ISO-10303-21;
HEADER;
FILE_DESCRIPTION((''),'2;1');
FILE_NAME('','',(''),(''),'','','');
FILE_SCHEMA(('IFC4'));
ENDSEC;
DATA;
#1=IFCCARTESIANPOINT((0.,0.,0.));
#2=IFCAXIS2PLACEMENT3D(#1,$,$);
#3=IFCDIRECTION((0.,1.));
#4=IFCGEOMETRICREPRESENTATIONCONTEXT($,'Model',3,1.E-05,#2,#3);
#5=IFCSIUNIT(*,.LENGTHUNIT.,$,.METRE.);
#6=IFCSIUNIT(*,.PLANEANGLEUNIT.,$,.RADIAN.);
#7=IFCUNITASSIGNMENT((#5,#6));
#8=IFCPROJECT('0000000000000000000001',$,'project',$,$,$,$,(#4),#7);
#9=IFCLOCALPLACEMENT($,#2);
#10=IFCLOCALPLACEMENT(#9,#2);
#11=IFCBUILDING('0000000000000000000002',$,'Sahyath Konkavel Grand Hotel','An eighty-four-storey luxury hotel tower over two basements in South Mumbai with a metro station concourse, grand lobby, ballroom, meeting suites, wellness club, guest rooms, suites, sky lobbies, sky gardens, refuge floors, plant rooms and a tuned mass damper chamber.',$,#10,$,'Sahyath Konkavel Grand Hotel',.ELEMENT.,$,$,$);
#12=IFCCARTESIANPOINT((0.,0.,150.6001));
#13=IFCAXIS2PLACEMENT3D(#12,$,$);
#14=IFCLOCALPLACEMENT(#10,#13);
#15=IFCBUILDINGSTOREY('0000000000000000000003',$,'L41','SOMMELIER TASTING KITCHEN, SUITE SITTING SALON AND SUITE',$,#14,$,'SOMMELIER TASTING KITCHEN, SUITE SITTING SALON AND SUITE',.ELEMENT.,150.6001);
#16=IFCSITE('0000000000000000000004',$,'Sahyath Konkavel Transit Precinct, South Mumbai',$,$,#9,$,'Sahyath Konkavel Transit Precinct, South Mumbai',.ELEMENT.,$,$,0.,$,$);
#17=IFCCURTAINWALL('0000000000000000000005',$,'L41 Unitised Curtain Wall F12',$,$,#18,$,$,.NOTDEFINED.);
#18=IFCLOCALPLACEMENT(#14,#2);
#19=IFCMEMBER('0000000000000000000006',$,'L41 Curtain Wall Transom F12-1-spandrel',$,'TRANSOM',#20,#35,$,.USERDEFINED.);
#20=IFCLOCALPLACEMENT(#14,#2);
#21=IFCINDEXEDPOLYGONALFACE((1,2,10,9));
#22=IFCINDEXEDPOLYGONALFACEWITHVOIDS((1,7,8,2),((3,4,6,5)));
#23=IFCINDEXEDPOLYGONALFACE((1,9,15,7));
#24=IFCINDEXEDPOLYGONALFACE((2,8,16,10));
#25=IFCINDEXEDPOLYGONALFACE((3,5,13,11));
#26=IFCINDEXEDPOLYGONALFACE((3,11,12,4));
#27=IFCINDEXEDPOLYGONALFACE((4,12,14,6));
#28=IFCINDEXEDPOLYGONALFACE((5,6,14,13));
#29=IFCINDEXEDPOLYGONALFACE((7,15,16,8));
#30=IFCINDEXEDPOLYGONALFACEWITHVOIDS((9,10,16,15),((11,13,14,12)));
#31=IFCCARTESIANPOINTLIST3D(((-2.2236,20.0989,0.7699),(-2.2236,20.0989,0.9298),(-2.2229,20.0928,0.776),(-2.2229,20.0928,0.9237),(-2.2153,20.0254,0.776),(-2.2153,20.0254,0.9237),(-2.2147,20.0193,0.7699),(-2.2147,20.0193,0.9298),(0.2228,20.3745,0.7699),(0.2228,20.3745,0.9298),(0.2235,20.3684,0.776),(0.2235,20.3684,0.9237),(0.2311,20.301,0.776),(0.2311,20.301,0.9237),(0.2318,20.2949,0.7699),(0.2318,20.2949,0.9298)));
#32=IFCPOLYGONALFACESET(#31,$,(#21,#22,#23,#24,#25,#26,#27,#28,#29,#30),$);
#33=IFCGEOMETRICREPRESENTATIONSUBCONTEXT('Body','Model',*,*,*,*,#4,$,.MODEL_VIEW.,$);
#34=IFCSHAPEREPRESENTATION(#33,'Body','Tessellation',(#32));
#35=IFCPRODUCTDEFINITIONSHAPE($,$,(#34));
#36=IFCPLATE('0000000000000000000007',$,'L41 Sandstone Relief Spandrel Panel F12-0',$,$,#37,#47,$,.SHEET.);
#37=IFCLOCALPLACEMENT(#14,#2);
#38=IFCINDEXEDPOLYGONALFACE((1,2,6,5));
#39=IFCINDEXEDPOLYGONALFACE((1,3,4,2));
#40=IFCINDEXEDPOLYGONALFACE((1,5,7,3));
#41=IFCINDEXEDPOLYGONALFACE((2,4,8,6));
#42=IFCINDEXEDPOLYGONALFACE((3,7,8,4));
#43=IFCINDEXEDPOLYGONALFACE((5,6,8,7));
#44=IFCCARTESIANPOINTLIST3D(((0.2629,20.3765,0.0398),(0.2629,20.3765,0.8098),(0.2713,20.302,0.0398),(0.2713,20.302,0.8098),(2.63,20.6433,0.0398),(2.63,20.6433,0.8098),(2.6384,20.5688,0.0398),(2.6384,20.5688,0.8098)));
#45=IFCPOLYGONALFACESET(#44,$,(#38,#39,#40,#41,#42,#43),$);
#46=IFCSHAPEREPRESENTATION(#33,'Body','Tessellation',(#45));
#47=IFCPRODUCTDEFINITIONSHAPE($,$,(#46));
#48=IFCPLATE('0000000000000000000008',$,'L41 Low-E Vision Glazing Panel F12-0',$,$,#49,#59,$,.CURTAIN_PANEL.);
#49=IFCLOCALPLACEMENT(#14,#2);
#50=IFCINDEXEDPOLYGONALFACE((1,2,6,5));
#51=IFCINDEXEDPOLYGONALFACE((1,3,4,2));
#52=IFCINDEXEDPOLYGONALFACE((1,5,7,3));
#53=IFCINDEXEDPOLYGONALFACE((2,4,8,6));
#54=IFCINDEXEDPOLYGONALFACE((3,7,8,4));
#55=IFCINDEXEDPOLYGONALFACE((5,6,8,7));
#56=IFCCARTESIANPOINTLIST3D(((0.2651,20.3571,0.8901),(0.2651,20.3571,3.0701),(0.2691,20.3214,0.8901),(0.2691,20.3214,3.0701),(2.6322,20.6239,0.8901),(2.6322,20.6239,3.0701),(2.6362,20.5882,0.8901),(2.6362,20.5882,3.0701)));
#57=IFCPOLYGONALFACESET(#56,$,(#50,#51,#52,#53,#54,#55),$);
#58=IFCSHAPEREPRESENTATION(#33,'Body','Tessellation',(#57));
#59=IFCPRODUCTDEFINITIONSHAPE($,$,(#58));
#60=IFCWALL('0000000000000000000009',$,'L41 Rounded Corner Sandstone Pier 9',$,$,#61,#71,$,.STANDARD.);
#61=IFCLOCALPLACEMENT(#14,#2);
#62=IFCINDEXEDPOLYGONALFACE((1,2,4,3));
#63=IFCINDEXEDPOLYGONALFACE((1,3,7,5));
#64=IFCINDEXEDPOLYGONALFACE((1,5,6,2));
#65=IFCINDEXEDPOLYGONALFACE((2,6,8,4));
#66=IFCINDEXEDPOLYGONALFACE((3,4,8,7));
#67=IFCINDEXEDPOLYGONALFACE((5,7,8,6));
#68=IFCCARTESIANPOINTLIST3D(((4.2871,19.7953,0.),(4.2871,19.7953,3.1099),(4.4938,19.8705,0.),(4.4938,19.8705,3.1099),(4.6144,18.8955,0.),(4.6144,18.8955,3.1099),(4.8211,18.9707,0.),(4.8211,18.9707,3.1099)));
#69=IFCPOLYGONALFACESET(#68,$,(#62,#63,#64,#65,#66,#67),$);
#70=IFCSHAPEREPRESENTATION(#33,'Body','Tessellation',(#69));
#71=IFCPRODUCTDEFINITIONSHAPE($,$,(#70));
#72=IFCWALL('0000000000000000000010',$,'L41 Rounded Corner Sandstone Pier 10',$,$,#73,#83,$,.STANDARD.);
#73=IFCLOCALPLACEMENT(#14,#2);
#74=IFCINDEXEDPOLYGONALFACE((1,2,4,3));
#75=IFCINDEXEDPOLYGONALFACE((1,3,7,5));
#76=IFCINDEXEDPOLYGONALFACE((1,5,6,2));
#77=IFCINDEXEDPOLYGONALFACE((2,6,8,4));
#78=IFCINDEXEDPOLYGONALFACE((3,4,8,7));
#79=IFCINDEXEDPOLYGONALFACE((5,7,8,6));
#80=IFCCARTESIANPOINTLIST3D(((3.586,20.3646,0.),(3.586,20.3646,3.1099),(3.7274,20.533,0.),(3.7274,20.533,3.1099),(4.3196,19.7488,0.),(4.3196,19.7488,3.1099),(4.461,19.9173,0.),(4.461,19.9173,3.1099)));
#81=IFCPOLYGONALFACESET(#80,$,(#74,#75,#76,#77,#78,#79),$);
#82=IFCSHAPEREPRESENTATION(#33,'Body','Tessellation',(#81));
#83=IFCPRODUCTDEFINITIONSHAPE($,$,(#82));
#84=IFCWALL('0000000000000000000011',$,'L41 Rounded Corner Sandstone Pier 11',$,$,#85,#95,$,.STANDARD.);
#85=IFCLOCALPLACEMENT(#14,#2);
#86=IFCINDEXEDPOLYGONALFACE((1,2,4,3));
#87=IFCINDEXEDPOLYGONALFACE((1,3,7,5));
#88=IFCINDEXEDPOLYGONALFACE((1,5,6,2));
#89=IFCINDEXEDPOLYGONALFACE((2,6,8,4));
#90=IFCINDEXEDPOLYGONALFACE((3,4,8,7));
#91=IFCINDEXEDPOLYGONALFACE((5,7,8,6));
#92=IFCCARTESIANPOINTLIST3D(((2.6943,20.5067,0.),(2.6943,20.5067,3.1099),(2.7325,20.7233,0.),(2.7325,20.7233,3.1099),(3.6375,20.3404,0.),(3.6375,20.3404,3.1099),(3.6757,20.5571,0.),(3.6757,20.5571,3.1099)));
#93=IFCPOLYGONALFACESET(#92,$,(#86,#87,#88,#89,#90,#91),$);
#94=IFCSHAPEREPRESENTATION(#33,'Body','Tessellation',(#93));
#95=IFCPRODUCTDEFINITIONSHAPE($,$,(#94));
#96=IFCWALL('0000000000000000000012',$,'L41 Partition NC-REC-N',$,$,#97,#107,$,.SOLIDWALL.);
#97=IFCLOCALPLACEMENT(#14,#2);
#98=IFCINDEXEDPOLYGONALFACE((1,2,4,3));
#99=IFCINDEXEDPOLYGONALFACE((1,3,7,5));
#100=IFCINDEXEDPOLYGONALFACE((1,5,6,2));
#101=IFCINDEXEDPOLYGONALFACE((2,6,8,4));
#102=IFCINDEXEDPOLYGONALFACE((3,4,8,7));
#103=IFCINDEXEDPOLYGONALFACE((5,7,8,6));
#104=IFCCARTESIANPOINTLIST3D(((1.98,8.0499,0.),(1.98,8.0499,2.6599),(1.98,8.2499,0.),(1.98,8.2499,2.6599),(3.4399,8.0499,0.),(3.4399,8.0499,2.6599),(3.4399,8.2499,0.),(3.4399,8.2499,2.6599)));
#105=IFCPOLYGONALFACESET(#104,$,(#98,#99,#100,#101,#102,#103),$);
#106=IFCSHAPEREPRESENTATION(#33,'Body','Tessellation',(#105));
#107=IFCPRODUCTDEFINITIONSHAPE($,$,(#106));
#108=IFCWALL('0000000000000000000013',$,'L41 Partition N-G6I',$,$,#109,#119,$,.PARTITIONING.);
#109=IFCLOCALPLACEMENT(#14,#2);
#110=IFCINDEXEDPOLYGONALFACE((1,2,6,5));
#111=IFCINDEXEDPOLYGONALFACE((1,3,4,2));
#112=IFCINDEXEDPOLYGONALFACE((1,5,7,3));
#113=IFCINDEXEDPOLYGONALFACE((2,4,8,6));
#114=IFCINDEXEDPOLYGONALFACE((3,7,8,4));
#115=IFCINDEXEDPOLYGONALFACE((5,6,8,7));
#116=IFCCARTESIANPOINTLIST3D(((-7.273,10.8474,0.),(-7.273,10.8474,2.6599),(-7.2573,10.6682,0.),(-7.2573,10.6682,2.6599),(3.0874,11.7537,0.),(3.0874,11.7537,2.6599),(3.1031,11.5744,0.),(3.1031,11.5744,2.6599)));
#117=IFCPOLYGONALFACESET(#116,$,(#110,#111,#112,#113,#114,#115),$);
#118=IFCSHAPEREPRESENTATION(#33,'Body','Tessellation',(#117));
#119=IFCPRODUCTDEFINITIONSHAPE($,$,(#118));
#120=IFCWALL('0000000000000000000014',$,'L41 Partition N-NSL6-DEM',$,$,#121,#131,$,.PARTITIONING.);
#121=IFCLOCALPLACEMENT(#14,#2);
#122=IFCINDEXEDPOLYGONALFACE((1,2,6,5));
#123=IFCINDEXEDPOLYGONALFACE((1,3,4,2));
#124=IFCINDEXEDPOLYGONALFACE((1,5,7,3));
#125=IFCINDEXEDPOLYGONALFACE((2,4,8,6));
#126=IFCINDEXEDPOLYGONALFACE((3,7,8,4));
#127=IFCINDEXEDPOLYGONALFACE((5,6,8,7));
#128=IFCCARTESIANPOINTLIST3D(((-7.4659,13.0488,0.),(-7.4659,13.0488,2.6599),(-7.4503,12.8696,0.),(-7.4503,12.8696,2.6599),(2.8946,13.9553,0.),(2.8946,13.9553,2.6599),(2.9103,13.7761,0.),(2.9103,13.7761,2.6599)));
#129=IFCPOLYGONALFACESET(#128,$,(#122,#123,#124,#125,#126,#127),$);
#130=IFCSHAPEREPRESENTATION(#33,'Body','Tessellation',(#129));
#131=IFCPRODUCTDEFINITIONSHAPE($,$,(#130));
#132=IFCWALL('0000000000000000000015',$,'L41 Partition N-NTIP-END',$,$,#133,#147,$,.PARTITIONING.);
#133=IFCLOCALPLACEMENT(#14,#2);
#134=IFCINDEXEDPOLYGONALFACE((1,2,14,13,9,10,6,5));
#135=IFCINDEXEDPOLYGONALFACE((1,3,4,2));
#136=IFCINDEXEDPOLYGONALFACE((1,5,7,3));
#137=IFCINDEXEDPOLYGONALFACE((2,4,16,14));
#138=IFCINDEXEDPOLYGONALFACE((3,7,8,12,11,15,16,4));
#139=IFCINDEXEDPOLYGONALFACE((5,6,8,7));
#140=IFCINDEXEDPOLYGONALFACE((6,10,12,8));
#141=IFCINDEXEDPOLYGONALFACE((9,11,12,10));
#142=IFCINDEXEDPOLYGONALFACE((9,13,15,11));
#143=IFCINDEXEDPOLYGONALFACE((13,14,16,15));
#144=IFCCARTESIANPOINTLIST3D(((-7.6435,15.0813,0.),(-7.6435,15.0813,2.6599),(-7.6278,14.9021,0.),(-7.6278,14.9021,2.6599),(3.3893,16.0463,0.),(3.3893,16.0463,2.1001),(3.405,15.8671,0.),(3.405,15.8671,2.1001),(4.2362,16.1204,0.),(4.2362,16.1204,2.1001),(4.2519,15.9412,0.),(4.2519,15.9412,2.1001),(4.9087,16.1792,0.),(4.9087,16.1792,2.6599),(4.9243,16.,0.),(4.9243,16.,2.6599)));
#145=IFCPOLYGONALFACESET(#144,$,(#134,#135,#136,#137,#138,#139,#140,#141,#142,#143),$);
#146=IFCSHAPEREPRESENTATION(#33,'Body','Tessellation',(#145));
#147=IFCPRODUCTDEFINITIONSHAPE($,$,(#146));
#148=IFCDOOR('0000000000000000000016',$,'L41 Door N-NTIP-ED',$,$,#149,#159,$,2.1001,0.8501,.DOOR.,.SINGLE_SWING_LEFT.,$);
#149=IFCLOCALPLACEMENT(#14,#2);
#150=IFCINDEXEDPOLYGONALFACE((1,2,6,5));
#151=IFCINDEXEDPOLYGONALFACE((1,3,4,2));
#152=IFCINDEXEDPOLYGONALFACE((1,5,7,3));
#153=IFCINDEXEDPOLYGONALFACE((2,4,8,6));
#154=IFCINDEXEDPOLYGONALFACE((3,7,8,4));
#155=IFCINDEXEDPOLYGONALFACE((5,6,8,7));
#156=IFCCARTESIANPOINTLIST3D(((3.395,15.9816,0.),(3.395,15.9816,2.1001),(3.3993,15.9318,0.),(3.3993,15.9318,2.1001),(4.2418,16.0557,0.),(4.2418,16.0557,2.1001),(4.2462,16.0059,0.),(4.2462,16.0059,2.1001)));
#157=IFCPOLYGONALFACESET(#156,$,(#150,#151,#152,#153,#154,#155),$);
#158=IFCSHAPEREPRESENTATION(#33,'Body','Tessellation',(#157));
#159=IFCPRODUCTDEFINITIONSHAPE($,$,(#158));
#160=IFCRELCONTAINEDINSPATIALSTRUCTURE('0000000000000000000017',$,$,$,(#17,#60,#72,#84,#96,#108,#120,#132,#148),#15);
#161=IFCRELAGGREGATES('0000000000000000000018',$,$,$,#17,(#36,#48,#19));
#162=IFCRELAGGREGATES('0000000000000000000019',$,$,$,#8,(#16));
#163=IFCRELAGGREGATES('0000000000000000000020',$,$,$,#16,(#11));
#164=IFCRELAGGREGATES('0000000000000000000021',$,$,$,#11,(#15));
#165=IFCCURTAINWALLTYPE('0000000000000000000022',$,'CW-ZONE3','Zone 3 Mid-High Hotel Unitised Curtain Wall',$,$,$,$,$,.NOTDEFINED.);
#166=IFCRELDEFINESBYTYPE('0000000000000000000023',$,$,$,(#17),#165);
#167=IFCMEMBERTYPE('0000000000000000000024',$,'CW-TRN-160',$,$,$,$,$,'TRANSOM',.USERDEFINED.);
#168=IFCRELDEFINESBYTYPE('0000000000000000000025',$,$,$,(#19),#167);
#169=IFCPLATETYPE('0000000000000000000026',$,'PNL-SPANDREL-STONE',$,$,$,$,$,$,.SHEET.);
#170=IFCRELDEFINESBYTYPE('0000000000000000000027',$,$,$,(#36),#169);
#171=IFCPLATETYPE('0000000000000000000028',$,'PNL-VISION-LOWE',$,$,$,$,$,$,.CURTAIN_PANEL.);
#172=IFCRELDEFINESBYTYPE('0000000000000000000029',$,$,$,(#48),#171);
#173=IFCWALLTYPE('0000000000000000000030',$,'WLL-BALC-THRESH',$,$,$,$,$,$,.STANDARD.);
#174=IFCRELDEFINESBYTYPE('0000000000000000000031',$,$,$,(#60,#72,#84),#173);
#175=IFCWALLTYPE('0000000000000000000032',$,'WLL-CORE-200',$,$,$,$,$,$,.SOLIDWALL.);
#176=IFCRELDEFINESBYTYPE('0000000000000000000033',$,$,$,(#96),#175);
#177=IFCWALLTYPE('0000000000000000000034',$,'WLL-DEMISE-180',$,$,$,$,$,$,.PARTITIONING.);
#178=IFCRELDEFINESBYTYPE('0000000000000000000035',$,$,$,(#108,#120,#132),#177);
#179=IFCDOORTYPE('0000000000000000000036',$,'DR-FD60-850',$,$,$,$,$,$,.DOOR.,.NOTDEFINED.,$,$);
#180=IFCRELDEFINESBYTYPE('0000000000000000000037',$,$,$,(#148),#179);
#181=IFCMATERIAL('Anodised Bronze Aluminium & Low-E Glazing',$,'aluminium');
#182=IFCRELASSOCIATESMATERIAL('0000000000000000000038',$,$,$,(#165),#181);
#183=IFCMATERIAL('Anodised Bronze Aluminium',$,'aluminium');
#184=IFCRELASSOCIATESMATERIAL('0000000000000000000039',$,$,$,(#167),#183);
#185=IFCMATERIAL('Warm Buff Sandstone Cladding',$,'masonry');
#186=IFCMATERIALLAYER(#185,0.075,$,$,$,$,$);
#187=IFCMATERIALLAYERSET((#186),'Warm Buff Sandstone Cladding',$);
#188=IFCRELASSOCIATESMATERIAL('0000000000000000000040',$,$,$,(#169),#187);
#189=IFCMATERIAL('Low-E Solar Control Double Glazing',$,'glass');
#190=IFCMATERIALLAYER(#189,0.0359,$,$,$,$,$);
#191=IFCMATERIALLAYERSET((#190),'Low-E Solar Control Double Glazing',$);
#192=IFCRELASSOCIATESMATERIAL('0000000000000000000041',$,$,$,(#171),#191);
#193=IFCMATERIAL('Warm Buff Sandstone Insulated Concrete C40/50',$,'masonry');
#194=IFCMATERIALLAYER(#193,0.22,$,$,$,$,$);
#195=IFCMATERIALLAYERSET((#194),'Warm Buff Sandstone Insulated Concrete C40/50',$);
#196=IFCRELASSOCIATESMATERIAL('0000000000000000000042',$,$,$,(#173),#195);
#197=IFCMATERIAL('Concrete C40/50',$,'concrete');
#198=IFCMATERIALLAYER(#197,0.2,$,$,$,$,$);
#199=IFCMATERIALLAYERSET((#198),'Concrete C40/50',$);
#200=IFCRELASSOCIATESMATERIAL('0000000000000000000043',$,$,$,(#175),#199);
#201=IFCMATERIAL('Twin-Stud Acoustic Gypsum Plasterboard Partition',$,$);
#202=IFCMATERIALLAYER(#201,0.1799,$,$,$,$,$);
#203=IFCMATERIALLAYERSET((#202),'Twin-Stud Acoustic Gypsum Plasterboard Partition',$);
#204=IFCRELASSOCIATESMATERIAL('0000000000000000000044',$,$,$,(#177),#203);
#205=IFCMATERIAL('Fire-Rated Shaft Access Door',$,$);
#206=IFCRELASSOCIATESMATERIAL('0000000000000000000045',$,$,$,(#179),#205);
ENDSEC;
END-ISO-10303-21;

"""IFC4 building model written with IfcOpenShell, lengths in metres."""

from ifc_helpers import new_model, si_unit, direction, frame, frame_2d, origin, origin_2d, place, context, subcontext, project, spatial, rectangle, hollow_rectangle, extrude, source, transform, mapped, material, layer, layer_set, material_profile, profile_set, type_object, element, fill, aggregate, save


model = new_model("IFC4")

# Units and contexts
model_context = context("Model", 3, precision=1e-05, world=origin(), true_north=direction((0.0, 1.0)))
body_context = subcontext(model_context, "Body", "Model", "MODEL_VIEW")
ifc_project = project(units=[si_unit("LENGTHUNIT", "METRE"), si_unit("PLANEANGLEUNIT", "RADIAN")], contexts=[model_context])

# Site, building, storey
site_placement = place(None, origin())
site = spatial("IfcSite", under=ifc_project, at=site_placement, Name="Sahyath Konkavel Transit Precinct, South Mumbai", LongName="Sahyath Konkavel Transit Precinct, South Mumbai", CompositionType="ELEMENT", RefElevation=0.0)
building_placement = place(site_placement, origin())
building = spatial("IfcBuilding", under=site, at=building_placement, Name="Sahyath Konkavel Grand Hotel", Description="An eighty-four-storey luxury hotel tower over two basements in South Mumbai with a metro station concourse, grand lobby, ballroom, meeting suites, wellness club, guest rooms, suites, sky lobbies, sky gardens, refuge floors, plant rooms and a tuned mass damper chamber.", LongName="Sahyath Konkavel Grand Hotel", CompositionType="ELEMENT")
storey_placement = place(building_placement, frame((0.0, 0.0, 150.6001)))
storey = spatial("IfcBuildingStorey", under=building, at=storey_placement, Name="L41", Description="SOMMELIER TASTING KITCHEN, SUITE SITTING SALON AND SUITE", LongName="SOMMELIER TASTING KITCHEN, SUITE SITTING SALON AND SUITE", CompositionType="ELEMENT", Elevation=150.6001)

# Shared definitions
ifc_material_1 = material(Name="Concrete C40/50", Category="concrete")

# Shared definitions
ifc_material_2 = material(Name="Anodised Bronze Aluminium & Low-E Glazing", Category="aluminium")
curtain_wall_type = type_object("IfcCurtainWallType", Name="CW-ZONE3", Description="Zone 3 Mid-High Hotel Unitised Curtain Wall", PredefinedType="NOTDEFINED", material=ifc_material_2)
ifc_material_3 = material(Name="Anodised Bronze Aluminium", Category="aluminium")

# Curtain wall, member, plates
curtain_wall_1_placement = place(storey_placement, origin())
curtain_wall_1 = element("IfcCurtainWall", 1, at=curtain_wall_1_placement, inside=storey, type_object=curtain_wall_type, Name="L41 Unitised Curtain Wall F12", PredefinedType="NOTDEFINED")
ifc_material_profile_1 = material_profile(ifc_material_3, hollow_rectangle(XDim=0.0801, YDim=0.1599, WallThickness=0.0061, at=origin_2d()), Name="RHS 160x80x6")
ifc_profile_set_1 = profile_set([ifc_material_profile_1], Name="Anodised Bronze Aluminium")
member_type_1 = type_object("IfcMemberType", Name="CW-TRN-160", ElementType="TRANSOM", PredefinedType="USERDEFINED", material=ifc_profile_set_1)
shared_shape_1 = source(origin(), body_context, "Body", "SweptSolid", [
    extrude(hollow_rectangle(XDim=0.0801, YDim=0.1599, WallThickness=0.0061, at=origin_2d()), origin(), (0.0, 0.0, 1.0), 2.4619),
])
member_1_placement = place(storey_placement, frame((0.2273, 20.3347, 0.8499), z_axis=(-0.993713, -0.111955, 0.0), x_axis=(0.111955, -0.993713, 0.0)))
member_1 = element("IfcMember", 2, at=member_1_placement, type_object=member_type_1, Name="L41 Curtain Wall Transom F12-1-spandrel", ObjectType="TRANSOM", PredefinedType="USERDEFINED", context=body_context, shape_type="MappedRepresentation", body=[
    mapped(shared_shape_1, transform((0.0, 0.0, 0.0), scale=1.0)),
])
ifc_material_4 = material(Name="Warm Buff Sandstone Cladding", Category="masonry")
ifc_layer_1 = layer(ifc_material_4, 0.075)
ifc_layer_set_1 = layer_set([ifc_layer_1], Name="Warm Buff Sandstone Cladding")
plate_type_1 = type_object("IfcPlateType", Name="PNL-SPANDREL-STONE", PredefinedType="SHEET", material=ifc_layer_set_1)
shared_shape_2 = source(origin(), body_context, "Body", "SweptSolid", [
    extrude(rectangle(XDim=2.3821, YDim=0.075, at=origin_2d()), origin(), (0.0, 0.0, 1.0), 0.77),
])
plate_1_placement = place(storey_placement, frame((1.4507, 20.4727, 0.0398), z_axis=(0.0, 0.0, 1.0), x_axis=(-0.993707, -0.112007, 0.0)))
plate_1 = element("IfcPlate", 3, at=plate_1_placement, type_object=plate_type_1, Name="L41 Sandstone Relief Spandrel Panel F12-0", PredefinedType="SHEET", context=body_context, shape_type="MappedRepresentation", body=[
    mapped(shared_shape_2, transform((0.0, 0.0, 0.0), scale=1.0)),
])
ifc_material_5 = material(Name="Low-E Solar Control Double Glazing", Category="glass")
ifc_layer_2 = layer(ifc_material_5, 0.0359)
ifc_layer_set_2 = layer_set([ifc_layer_2], Name="Low-E Solar Control Double Glazing")
plate_type_2 = type_object("IfcPlateType", Name="PNL-VISION-LOWE", PredefinedType="CURTAIN_PANEL", material=ifc_layer_set_2)
shared_shape_3 = source(origin(), body_context, "Body", "SweptSolid", [
    extrude(rectangle(XDim=2.3821, YDim=0.0359, at=origin_2d()), origin(), (0.0, 0.0, 1.0), 2.1799),
])
plate_2_placement = place(storey_placement, frame((1.4507, 20.4727, 0.8901), z_axis=(0.0, 0.0, 1.0), x_axis=(-0.993707, -0.112007, 0.0)))
plate_2 = element("IfcPlate", 4, at=plate_2_placement, type_object=plate_type_2, Name="L41 Low-E Vision Glazing Panel F12-0", PredefinedType="CURTAIN_PANEL", context=body_context, shape_type="MappedRepresentation", body=[
    mapped(shared_shape_3, transform((0.0, 0.0, 0.0), scale=1.0)),
])
aggregate(curtain_wall_1, [plate_1, plate_2, member_1])

# Walls
ifc_material_6 = material(Name="Warm Buff Sandstone Insulated Concrete C40/50", Category="masonry")
ifc_layer_3 = layer(ifc_material_6, 0.22)
ifc_layer_set_3 = layer_set([ifc_layer_3], Name="Warm Buff Sandstone Insulated Concrete C40/50")
wall_type_1 = type_object("IfcWallType", Name="WLL-BALC-THRESH", PredefinedType="STANDARD", material=ifc_layer_set_3)
wall_1_placement = place(storey_placement, frame((4.7178, 18.9331, 0.0), z_axis=(0.0, 0.0, 1.0), x_axis=(-0.341886, 0.939741, 0.0)))
element("IfcWall", 5, at=wall_1_placement, inside=storey, type_object=wall_type_1, Name="L41 Rounded Corner Sandstone Pier 9", PredefinedType="STANDARD", context=body_context, shape_type="SweptSolid", body=[
    extrude(rectangle(XDim=0.9575, YDim=0.22, at=frame_2d((0.4788, 0.0))), origin(), (0.0, 0.0, 1.0), 3.1099),
])
for number, where, z_axis, x_axis, name in (
    (6, (4.3904, 19.833, 0.0), (0.0, 0.0, 1.0), (-0.765981, 0.642863, 0.0), "L41 Rounded Corner Sandstone Pier 10"),
    (7, (3.6567, 20.4487, 0.0), (0.0, 0.0, 1.0), (-0.984814, 0.173611, 0.0), "L41 Rounded Corner Sandstone Pier 11"),
):
    element("IfcWall", number, at=place(storey_placement, frame(where, z_axis=z_axis, x_axis=x_axis)), inside=storey, type_object=wall_type_1, Name=name, PredefinedType="STANDARD", context=body_context, shape_type="SweptSolid", body=[
        extrude(rectangle(XDim=0.9578, YDim=0.22, at=frame_2d((0.479, 0.0))), origin(), (0.0, 0.0, 1.0), 3.1099),
    ])
ifc_layer_4 = layer(ifc_material_1, 0.2)
ifc_layer_set_4 = layer_set([ifc_layer_4], Name="Concrete C40/50")
wall_type_2 = type_object("IfcWallType", Name="WLL-CORE-200", PredefinedType="SOLIDWALL", material=ifc_layer_set_4)
wall_2_placement = place(storey_placement, frame((1.98, 8.1499, 0.0), z_axis=(0.0, 0.0, 1.0), x_axis=(1.0, 0.0, 0.0)))
element("IfcWall", 8, at=wall_2_placement, inside=storey, type_object=wall_type_2, Name="L41 Partition NC-REC-N", PredefinedType="SOLIDWALL", context=body_context, shape_type="SweptSolid", body=[
    extrude(rectangle(XDim=1.46, YDim=0.2, at=frame_2d((0.73, 0.0))), origin(), (0.0, 0.0, 1.0), 2.6599),
])
ifc_material_7 = material(Name="Twin-Stud Acoustic Gypsum Plasterboard Partition")
ifc_layer_5 = layer(ifc_material_7, 0.1799)
ifc_layer_set_5 = layer_set([ifc_layer_5], Name="Twin-Stud Acoustic Gypsum Plasterboard Partition")
wall_type_3 = type_object("IfcWallType", Name="WLL-DEMISE-180", PredefinedType="PARTITIONING", material=ifc_layer_set_5)
wall_3_placement = place(storey_placement, frame((3.0952, 11.6641, 0.0), z_axis=(0.0, 0.0, 1.0), x_axis=(-0.996196, -0.08714, 0.0)))
element("IfcWall", 9, at=wall_3_placement, inside=storey, type_object=wall_type_3, Name="L41 Partition N-G6I", PredefinedType="PARTITIONING", context=body_context, shape_type="SweptSolid", body=[
    extrude(rectangle(XDim=10.3999, YDim=0.1799, at=frame_2d((5.2, 0.0))), origin(), (0.0, 0.0, 1.0), 2.6599),
])
wall_4_placement = place(storey_placement, frame((2.9026, 13.8657, 0.0), z_axis=(0.0, 0.0, 1.0), x_axis=(-0.996194, -0.087161, 0.0)))
element("IfcWall", 10, at=wall_4_placement, inside=storey, type_object=wall_type_3, Name="L41 Partition N-NSL6-DEM", PredefinedType="PARTITIONING", context=body_context, shape_type="SweptSolid", body=[
    extrude(rectangle(XDim=10.4001, YDim=0.1799, at=frame_2d((5.2002, 0.0))), origin(), (0.0, 0.0, 1.0), 2.6599),
])

# Wall, opening, door
wall_5_placement = place(storey_placement, frame((4.9165, 16.0896, 0.0), z_axis=(0.0, 0.0, 1.0), x_axis=(-0.996197, -0.087134, 0.0)))
wall_5 = element("IfcWall", 11, at=wall_5_placement, inside=storey, type_object=wall_type_3, Name="L41 Partition N-NTIP-END", PredefinedType="PARTITIONING", context=body_context, shape_type="SweptSolid", body=[
    extrude(rectangle(XDim=12.6001, YDim=0.1799, at=frame_2d((6.3, 0.0))), origin(), (0.0, 0.0, 1.0), 2.6599),
])
opening_1_placement = place(wall_5_placement, frame((0.675, 0.0, 0.0)))
opening_1 = element("IfcOpeningElement", 12, at=opening_1_placement, cuts=wall_5, PredefinedType="OPENING", context=body_context, shape_type="SweptSolid", body=[
    extrude(rectangle(XDim=0.8501, YDim=2.1001, at=frame_2d((0.425, 1.05))), frame((0.0, 0.1001, 0.0), z_axis=(0.0, -1.0, 0.0), x_axis=(1.0, 0.0, 0.0)), (0.0, 0.0, 1.0), 0.2),
])
ifc_material_8 = material(Name="Fire-Rated Shaft Access Door")
door_type = type_object("IfcDoorType", Name="DR-FD60-850", OperationType="NOTDEFINED", PredefinedType="DOOR", material=ifc_material_8)
shared_shape_4 = source(origin(), body_context, "Body", "SweptSolid", [
    extrude(rectangle(XDim=0.8501, YDim=0.05, at=origin_2d()), origin(), (0.0, 0.0, 1.0), 2.1001),
])
door_1_placement = place(opening_1_placement, frame((0.425, 0.0, 0.0)))
door_1 = element("IfcDoor", 13, at=door_1_placement, inside=storey, type_object=door_type, Name="L41 Door N-NTIP-ED", OperationType="SINGLE_SWING_LEFT", OverallHeight=2.1001, OverallWidth=0.8501, PredefinedType="DOOR", context=body_context, shape_type="MappedRepresentation", body=[
    mapped(shared_shape_4, transform((0.0, 0.0, 0.0), scale=1.0)),
])
fill(opening_1, door_1)

save(model, "model.ifc")
